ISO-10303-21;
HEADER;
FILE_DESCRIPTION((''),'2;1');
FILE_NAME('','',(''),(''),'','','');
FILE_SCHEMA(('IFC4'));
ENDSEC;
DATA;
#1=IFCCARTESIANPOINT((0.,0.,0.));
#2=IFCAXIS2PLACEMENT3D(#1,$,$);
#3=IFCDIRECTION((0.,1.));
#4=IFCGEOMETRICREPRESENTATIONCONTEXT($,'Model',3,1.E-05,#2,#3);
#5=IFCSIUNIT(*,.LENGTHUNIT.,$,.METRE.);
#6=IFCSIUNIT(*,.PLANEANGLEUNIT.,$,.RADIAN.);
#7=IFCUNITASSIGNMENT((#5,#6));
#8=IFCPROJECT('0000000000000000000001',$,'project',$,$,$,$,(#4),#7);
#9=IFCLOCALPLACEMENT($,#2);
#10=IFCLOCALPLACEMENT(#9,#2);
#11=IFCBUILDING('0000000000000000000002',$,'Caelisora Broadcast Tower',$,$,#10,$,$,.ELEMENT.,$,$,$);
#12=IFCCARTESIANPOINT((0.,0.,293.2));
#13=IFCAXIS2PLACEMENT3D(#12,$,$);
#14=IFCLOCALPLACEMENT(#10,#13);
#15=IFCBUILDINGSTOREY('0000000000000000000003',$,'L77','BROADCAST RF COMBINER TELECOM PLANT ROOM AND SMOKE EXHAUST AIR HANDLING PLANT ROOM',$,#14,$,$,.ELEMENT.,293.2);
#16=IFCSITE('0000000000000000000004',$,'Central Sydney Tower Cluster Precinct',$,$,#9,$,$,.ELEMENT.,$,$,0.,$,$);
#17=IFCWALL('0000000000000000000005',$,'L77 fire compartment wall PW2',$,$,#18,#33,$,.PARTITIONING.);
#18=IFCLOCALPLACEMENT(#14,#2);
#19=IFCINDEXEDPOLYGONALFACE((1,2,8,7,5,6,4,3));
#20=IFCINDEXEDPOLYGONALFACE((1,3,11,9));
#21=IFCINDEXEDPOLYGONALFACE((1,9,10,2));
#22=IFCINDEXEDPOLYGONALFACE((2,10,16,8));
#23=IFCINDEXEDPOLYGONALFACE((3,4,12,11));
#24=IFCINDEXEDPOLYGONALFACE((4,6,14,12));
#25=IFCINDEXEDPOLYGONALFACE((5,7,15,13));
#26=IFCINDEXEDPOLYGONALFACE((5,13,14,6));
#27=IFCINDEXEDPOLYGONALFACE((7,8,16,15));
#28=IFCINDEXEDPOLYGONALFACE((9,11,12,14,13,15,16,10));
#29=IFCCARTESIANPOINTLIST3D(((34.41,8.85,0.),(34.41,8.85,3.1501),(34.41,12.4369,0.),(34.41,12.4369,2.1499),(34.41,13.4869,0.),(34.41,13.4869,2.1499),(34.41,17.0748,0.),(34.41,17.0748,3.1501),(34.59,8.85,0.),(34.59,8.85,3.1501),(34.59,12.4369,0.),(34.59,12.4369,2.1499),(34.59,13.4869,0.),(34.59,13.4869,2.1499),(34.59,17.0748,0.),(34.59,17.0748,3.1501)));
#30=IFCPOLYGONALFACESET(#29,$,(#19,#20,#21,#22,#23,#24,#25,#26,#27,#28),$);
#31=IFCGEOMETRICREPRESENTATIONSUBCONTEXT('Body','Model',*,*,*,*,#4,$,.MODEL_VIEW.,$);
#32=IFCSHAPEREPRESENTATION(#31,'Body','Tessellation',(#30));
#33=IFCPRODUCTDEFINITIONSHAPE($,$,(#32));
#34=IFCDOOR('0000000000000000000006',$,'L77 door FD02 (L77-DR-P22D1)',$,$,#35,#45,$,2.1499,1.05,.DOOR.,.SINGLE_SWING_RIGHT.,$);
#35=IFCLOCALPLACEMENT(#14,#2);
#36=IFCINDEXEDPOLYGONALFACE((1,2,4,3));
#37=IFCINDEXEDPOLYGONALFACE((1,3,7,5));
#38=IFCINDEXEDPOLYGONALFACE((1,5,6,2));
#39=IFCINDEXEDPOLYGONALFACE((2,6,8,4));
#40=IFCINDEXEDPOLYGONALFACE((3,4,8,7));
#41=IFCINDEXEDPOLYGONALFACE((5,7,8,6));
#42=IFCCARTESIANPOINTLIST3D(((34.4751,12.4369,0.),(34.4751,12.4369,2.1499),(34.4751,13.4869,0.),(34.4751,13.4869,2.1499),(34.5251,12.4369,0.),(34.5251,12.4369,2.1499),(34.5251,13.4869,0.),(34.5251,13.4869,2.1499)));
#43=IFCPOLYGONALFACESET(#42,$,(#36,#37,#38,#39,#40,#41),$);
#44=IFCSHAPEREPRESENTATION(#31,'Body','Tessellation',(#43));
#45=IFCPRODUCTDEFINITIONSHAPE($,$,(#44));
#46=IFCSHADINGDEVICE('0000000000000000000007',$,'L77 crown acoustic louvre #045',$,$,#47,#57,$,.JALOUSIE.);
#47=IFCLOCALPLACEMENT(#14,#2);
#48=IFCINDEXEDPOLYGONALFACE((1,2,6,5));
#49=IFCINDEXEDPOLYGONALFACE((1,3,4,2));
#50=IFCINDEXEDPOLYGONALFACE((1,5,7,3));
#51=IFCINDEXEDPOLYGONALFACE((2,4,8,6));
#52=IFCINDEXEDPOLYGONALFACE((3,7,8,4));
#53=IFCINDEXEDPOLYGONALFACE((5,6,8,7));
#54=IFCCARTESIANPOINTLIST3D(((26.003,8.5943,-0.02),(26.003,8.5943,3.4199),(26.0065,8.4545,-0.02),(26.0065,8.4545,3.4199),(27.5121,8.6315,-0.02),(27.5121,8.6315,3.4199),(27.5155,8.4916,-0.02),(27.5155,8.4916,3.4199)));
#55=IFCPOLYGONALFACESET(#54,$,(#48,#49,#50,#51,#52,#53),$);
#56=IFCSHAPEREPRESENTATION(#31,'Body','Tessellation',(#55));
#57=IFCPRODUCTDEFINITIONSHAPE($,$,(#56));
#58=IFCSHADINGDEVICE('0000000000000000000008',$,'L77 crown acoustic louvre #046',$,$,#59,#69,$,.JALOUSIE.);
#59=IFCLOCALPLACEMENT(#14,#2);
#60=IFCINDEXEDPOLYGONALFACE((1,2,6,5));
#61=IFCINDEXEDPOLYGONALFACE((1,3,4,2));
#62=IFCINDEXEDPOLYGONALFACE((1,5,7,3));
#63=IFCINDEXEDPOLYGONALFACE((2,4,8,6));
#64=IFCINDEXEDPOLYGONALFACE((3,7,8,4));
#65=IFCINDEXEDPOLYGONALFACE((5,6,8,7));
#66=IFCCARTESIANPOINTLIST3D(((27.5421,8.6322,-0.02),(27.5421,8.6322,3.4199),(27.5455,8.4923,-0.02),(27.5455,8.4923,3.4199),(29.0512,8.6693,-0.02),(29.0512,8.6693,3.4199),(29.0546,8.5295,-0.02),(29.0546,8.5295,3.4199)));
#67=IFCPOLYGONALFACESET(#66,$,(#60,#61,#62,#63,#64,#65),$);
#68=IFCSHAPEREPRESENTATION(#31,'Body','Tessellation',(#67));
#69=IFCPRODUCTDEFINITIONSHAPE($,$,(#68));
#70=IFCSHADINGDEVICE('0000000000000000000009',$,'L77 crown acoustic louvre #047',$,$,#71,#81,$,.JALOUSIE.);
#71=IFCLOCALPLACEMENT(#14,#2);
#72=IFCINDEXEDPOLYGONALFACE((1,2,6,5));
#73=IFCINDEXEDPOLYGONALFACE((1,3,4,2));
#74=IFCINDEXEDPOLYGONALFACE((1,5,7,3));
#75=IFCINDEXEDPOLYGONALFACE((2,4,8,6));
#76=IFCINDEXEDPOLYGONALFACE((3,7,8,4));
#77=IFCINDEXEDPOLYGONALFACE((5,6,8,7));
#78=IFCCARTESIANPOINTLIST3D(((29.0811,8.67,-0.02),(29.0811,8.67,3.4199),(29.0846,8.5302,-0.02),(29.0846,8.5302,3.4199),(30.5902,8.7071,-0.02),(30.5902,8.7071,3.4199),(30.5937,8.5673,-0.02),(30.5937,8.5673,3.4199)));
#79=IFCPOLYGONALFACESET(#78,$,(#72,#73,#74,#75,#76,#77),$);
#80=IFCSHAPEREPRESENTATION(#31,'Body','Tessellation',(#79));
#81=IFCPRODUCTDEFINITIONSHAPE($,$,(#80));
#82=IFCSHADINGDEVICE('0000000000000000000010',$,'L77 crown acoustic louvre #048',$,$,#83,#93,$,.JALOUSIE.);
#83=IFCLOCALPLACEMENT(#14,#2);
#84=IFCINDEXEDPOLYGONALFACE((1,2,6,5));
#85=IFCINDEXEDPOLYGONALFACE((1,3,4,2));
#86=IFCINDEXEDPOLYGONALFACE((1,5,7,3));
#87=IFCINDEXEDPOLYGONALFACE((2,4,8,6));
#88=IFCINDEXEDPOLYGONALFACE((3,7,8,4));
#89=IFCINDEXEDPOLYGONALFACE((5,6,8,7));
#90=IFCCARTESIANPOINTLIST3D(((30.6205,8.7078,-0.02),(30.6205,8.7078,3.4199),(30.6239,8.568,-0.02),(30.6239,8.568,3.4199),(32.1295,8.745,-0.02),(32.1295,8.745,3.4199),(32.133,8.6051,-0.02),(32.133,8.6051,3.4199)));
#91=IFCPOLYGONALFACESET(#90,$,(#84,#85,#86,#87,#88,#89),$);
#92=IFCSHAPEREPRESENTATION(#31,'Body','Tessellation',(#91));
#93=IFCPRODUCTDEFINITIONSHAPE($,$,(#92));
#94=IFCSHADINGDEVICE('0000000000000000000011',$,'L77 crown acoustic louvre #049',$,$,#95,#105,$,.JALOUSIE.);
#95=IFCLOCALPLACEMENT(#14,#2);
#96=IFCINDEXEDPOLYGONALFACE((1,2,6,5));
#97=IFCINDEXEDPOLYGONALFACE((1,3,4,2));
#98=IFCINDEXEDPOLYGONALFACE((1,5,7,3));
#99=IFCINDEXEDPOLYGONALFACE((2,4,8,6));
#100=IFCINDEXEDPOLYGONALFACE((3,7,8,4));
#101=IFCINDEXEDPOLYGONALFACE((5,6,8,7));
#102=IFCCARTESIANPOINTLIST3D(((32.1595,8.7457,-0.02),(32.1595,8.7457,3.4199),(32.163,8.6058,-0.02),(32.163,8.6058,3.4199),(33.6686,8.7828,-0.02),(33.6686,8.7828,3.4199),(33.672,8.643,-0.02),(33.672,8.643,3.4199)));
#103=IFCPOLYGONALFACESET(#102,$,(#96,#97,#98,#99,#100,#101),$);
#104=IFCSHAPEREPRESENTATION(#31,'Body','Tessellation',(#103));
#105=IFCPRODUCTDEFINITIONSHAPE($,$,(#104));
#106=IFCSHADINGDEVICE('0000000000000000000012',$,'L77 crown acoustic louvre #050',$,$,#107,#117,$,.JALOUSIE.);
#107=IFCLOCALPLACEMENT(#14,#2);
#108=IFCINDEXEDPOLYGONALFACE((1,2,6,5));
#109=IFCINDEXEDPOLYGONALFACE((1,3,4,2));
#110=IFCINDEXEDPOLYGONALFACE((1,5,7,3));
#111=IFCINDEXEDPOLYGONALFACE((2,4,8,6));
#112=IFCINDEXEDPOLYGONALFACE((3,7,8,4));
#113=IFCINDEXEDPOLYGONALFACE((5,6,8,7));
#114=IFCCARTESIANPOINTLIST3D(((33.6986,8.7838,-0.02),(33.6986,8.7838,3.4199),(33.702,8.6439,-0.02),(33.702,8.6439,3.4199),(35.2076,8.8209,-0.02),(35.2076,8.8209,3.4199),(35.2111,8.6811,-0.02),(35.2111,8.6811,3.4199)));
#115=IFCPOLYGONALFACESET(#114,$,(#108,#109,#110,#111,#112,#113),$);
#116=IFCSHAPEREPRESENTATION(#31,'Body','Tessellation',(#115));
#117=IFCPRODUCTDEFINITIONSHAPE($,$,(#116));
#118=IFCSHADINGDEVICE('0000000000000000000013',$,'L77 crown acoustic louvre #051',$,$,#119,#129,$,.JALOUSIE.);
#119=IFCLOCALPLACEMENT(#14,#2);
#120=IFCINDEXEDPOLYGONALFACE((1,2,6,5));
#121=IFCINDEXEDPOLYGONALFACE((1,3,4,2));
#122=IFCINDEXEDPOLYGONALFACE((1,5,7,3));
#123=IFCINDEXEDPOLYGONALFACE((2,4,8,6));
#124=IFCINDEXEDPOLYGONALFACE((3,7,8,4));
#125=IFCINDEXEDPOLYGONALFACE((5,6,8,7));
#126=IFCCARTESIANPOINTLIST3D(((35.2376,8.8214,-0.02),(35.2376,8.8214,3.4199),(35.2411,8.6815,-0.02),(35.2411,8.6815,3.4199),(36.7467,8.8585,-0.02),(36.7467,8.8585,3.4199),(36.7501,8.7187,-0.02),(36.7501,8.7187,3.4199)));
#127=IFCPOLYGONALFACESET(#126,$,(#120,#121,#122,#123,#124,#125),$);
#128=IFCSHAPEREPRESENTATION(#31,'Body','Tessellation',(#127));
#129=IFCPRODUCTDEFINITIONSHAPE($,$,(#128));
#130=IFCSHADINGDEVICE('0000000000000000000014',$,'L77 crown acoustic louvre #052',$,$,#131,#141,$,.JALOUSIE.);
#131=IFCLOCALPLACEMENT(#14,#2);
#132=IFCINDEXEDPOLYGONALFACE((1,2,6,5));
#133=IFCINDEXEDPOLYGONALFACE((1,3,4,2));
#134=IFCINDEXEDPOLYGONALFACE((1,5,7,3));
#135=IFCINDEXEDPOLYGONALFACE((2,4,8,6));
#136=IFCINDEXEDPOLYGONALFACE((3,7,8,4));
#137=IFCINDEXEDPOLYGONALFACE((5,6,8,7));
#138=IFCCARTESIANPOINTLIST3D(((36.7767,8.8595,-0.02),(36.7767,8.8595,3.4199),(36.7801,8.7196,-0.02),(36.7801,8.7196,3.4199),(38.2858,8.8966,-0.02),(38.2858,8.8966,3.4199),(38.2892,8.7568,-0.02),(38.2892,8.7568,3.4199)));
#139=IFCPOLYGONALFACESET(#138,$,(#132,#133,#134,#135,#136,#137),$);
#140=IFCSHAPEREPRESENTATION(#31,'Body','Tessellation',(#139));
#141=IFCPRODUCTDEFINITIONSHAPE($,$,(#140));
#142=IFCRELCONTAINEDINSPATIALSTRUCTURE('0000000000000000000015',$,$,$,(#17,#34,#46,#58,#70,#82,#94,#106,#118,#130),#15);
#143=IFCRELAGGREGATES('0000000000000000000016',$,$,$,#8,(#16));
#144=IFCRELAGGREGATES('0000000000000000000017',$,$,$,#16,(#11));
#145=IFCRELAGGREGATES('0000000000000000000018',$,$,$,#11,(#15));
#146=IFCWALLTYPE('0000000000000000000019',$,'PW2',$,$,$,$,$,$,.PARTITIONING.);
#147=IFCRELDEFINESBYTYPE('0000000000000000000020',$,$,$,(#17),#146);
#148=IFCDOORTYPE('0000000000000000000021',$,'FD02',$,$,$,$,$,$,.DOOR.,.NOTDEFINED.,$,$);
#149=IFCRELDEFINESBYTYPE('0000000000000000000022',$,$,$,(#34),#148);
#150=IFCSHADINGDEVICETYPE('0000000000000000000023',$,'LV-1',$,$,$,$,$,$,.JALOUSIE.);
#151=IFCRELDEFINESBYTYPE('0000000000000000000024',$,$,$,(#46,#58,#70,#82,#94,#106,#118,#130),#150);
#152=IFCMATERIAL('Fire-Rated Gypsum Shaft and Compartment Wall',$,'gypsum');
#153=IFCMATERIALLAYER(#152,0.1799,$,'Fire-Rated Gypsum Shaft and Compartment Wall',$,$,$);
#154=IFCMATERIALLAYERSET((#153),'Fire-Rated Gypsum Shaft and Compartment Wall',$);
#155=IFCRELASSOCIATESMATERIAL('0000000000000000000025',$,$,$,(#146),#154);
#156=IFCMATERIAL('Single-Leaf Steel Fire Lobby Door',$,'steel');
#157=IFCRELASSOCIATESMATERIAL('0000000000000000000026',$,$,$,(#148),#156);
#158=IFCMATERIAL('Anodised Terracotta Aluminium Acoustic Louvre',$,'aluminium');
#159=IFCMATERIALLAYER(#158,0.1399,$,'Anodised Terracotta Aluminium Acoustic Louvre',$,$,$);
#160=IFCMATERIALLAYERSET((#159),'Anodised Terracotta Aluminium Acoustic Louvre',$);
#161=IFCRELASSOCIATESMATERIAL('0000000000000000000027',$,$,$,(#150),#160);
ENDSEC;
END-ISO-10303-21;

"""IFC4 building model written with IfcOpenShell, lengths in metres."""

from ifc_helpers import new_model, si_unit, direction, frame, frame_2d, origin, origin_2d, place, context, subcontext, project, spatial, rectangle, extrude, source, transform, mapped, material, layer, layer_set, type_object, type_shapes, element, fill, save


model = new_model("IFC4")

# Units and contexts
model_context = context("Model", 3, precision=1e-05, world=origin(), true_north=direction((0.0, 1.0)))
body_context = subcontext(model_context, "Body", "Model", "MODEL_VIEW")
ifc_project = project(units=[si_unit("LENGTHUNIT", "METRE"), si_unit("PLANEANGLEUNIT", "RADIAN")], contexts=[model_context])

# Site, building, storey
site_placement = place(None, origin())
site = spatial("IfcSite", under=ifc_project, at=site_placement, Name="Central Sydney Tower Cluster Precinct", CompositionType="ELEMENT", RefElevation=0.0)
building_placement = place(site_placement, origin())
building = spatial("IfcBuilding", under=site, at=building_placement, Name="Caelisora Broadcast Tower", CompositionType="ELEMENT")
storey_placement = place(building_placement, frame((0.0, 0.0, 293.2)))
storey = spatial("IfcBuildingStorey", under=building, at=storey_placement, Name="L77", Description="BROADCAST RF COMBINER TELECOM PLANT ROOM AND SMOKE EXHAUST AIR HANDLING PLANT ROOM", CompositionType="ELEMENT", Elevation=293.2)

# Wall, opening, door
ifc_material_1 = material(Name="Fire-Rated Gypsum Shaft and Compartment Wall", Category="gypsum")
ifc_layer_1 = layer(ifc_material_1, 0.1799, Name="Fire-Rated Gypsum Shaft and Compartment Wall")
ifc_layer_set_1 = layer_set([ifc_layer_1], Name="Fire-Rated Gypsum Shaft and Compartment Wall")
wall_type = type_object("IfcWallType", Name="PW2", PredefinedType="PARTITIONING", material=ifc_layer_set_1)
wall_placement = place(storey_placement, frame((34.5, 8.8501, 0.0), z_axis=(0.0, 0.0, 1.0), x_axis=(0.0, 1.0, 0.0)))
wall = element("IfcWall", 1, at=wall_placement, inside=storey, type_object=wall_type, Name="L77 fire compartment wall PW2", PredefinedType="PARTITIONING", context=body_context, shape_type="SweptSolid", body=[
    extrude(rectangle(XDim=8.2249, YDim=0.1799, at=frame_2d((4.1123, 0.0))), origin(), (0.0, 0.0, 1.0), 3.1501),
])
opening_placement = place(wall_placement, frame((3.5869, 0.0, 0.0)))
opening = element("IfcOpeningElement", 2, at=opening_placement, cuts=wall, PredefinedType="OPENING", context=body_context, shape_type="SweptSolid", body=[
    extrude(rectangle(XDim=1.05, YDim=2.1499, at=frame_2d((0.5249, 1.075))), frame((0.0, 0.1021, 0.0), z_axis=(0.0, -1.0, 0.0), x_axis=(1.0, 0.0, 0.0)), (0.0, 0.0, 1.0), 0.2039),
])
ifc_material_2 = material(Name="Single-Leaf Steel Fire Lobby Door", Category="steel")
door_type = type_object("IfcDoorType", Name="FD02", OperationType="NOTDEFINED", PredefinedType="DOOR", material=ifc_material_2)
door_placement = place(opening_placement, origin())
door = element("IfcDoor", 3, at=door_placement, inside=storey, type_object=door_type, Name="L77 door FD02 (L77-DR-P22D1)", OperationType="SINGLE_SWING_RIGHT", OverallHeight=2.1499, OverallWidth=1.05, PredefinedType="DOOR", context=body_context, shape_type="SweptSolid", body=[
    extrude(rectangle(XDim=1.05, YDim=2.1499, at=frame_2d((0.5249, 1.075))), frame((0.0, 0.0249, 0.0), z_axis=(0.0, -1.0, 0.0), x_axis=(1.0, 0.0, 0.0)), (0.0, 0.0, 1.0), 0.05),
])
fill(opening, door)

# Shading devices
ifc_material_3 = material(Name="Anodised Terracotta Aluminium Acoustic Louvre", Category="aluminium")
ifc_layer_2 = layer(ifc_material_3, 0.1399, Name="Anodised Terracotta Aluminium Acoustic Louvre")
ifc_layer_set_2 = layer_set([ifc_layer_2], Name="Anodised Terracotta Aluminium Acoustic Louvre")
shading_device_type = type_object("IfcShadingDeviceType", Name="LV-1", PredefinedType="JALOUSIE", material=ifc_layer_set_2)
shared_shape_1 = source(origin(), body_context, "Body", "SweptSolid", [
    extrude(rectangle(XDim=1.5095, YDim=0.1399, at=origin_2d()), origin(), (0.0, 0.0, 1.0), 3.4399),
])
type_shapes(shading_device_type, [shared_shape_1])
for number, where, z_axis, x_axis, name in (
    (4, (26.7593, 8.543, -0.02), (0.0, 0.0, 1.0), (0.999697, 0.024607, 0.0), "L77 crown acoustic louvre #045"),
    (5, (28.2983, 8.5808, -0.02), (0.0, 0.0, 1.0), (0.999697, 0.024607, 0.0), "L77 crown acoustic louvre #046"),
    (6, (29.8374, 8.6187, -0.02), (0.0, 0.0, 1.0), (0.999697, 0.024607, 0.0), "L77 crown acoustic louvre #047"),
    (7, (31.3767, 8.6565, -0.02), (0.0, 0.0, 1.0), (0.999697, 0.024607, 0.0), "L77 crown acoustic louvre #048"),
    (8, (32.9158, 8.6943, -0.02), (0.0, 0.0, 1.0), (0.999697, 0.024607, 0.0), "L77 crown acoustic louvre #049"),
    (9, (34.4548, 8.7324, -0.02), (0.0, 0.0, 1.0), (0.999697, 0.024607, 0.0), "L77 crown acoustic louvre #050"),
    (10, (35.9939, 8.77, -0.02), (0.0, 0.0, 1.0), (0.999697, 0.024607, 0.0), "L77 crown acoustic louvre #051"),
    (11, (37.533, 8.8081, -0.02), (0.0, 0.0, 1.0), (0.999697, 0.024607, 0.0), "L77 crown acoustic louvre #052"),
):
    element("IfcShadingDevice", number, at=place(storey_placement, frame(where, z_axis=z_axis, x_axis=x_axis)), inside=storey, type_object=shading_device_type, Name=name, PredefinedType="JALOUSIE", context=body_context, shape_type="MappedRepresentation", body=[
        mapped(shared_shape_1, transform((0.0, 0.0, 0.0), scale=1.0)),
    ])

save(model, "model.ifc")
